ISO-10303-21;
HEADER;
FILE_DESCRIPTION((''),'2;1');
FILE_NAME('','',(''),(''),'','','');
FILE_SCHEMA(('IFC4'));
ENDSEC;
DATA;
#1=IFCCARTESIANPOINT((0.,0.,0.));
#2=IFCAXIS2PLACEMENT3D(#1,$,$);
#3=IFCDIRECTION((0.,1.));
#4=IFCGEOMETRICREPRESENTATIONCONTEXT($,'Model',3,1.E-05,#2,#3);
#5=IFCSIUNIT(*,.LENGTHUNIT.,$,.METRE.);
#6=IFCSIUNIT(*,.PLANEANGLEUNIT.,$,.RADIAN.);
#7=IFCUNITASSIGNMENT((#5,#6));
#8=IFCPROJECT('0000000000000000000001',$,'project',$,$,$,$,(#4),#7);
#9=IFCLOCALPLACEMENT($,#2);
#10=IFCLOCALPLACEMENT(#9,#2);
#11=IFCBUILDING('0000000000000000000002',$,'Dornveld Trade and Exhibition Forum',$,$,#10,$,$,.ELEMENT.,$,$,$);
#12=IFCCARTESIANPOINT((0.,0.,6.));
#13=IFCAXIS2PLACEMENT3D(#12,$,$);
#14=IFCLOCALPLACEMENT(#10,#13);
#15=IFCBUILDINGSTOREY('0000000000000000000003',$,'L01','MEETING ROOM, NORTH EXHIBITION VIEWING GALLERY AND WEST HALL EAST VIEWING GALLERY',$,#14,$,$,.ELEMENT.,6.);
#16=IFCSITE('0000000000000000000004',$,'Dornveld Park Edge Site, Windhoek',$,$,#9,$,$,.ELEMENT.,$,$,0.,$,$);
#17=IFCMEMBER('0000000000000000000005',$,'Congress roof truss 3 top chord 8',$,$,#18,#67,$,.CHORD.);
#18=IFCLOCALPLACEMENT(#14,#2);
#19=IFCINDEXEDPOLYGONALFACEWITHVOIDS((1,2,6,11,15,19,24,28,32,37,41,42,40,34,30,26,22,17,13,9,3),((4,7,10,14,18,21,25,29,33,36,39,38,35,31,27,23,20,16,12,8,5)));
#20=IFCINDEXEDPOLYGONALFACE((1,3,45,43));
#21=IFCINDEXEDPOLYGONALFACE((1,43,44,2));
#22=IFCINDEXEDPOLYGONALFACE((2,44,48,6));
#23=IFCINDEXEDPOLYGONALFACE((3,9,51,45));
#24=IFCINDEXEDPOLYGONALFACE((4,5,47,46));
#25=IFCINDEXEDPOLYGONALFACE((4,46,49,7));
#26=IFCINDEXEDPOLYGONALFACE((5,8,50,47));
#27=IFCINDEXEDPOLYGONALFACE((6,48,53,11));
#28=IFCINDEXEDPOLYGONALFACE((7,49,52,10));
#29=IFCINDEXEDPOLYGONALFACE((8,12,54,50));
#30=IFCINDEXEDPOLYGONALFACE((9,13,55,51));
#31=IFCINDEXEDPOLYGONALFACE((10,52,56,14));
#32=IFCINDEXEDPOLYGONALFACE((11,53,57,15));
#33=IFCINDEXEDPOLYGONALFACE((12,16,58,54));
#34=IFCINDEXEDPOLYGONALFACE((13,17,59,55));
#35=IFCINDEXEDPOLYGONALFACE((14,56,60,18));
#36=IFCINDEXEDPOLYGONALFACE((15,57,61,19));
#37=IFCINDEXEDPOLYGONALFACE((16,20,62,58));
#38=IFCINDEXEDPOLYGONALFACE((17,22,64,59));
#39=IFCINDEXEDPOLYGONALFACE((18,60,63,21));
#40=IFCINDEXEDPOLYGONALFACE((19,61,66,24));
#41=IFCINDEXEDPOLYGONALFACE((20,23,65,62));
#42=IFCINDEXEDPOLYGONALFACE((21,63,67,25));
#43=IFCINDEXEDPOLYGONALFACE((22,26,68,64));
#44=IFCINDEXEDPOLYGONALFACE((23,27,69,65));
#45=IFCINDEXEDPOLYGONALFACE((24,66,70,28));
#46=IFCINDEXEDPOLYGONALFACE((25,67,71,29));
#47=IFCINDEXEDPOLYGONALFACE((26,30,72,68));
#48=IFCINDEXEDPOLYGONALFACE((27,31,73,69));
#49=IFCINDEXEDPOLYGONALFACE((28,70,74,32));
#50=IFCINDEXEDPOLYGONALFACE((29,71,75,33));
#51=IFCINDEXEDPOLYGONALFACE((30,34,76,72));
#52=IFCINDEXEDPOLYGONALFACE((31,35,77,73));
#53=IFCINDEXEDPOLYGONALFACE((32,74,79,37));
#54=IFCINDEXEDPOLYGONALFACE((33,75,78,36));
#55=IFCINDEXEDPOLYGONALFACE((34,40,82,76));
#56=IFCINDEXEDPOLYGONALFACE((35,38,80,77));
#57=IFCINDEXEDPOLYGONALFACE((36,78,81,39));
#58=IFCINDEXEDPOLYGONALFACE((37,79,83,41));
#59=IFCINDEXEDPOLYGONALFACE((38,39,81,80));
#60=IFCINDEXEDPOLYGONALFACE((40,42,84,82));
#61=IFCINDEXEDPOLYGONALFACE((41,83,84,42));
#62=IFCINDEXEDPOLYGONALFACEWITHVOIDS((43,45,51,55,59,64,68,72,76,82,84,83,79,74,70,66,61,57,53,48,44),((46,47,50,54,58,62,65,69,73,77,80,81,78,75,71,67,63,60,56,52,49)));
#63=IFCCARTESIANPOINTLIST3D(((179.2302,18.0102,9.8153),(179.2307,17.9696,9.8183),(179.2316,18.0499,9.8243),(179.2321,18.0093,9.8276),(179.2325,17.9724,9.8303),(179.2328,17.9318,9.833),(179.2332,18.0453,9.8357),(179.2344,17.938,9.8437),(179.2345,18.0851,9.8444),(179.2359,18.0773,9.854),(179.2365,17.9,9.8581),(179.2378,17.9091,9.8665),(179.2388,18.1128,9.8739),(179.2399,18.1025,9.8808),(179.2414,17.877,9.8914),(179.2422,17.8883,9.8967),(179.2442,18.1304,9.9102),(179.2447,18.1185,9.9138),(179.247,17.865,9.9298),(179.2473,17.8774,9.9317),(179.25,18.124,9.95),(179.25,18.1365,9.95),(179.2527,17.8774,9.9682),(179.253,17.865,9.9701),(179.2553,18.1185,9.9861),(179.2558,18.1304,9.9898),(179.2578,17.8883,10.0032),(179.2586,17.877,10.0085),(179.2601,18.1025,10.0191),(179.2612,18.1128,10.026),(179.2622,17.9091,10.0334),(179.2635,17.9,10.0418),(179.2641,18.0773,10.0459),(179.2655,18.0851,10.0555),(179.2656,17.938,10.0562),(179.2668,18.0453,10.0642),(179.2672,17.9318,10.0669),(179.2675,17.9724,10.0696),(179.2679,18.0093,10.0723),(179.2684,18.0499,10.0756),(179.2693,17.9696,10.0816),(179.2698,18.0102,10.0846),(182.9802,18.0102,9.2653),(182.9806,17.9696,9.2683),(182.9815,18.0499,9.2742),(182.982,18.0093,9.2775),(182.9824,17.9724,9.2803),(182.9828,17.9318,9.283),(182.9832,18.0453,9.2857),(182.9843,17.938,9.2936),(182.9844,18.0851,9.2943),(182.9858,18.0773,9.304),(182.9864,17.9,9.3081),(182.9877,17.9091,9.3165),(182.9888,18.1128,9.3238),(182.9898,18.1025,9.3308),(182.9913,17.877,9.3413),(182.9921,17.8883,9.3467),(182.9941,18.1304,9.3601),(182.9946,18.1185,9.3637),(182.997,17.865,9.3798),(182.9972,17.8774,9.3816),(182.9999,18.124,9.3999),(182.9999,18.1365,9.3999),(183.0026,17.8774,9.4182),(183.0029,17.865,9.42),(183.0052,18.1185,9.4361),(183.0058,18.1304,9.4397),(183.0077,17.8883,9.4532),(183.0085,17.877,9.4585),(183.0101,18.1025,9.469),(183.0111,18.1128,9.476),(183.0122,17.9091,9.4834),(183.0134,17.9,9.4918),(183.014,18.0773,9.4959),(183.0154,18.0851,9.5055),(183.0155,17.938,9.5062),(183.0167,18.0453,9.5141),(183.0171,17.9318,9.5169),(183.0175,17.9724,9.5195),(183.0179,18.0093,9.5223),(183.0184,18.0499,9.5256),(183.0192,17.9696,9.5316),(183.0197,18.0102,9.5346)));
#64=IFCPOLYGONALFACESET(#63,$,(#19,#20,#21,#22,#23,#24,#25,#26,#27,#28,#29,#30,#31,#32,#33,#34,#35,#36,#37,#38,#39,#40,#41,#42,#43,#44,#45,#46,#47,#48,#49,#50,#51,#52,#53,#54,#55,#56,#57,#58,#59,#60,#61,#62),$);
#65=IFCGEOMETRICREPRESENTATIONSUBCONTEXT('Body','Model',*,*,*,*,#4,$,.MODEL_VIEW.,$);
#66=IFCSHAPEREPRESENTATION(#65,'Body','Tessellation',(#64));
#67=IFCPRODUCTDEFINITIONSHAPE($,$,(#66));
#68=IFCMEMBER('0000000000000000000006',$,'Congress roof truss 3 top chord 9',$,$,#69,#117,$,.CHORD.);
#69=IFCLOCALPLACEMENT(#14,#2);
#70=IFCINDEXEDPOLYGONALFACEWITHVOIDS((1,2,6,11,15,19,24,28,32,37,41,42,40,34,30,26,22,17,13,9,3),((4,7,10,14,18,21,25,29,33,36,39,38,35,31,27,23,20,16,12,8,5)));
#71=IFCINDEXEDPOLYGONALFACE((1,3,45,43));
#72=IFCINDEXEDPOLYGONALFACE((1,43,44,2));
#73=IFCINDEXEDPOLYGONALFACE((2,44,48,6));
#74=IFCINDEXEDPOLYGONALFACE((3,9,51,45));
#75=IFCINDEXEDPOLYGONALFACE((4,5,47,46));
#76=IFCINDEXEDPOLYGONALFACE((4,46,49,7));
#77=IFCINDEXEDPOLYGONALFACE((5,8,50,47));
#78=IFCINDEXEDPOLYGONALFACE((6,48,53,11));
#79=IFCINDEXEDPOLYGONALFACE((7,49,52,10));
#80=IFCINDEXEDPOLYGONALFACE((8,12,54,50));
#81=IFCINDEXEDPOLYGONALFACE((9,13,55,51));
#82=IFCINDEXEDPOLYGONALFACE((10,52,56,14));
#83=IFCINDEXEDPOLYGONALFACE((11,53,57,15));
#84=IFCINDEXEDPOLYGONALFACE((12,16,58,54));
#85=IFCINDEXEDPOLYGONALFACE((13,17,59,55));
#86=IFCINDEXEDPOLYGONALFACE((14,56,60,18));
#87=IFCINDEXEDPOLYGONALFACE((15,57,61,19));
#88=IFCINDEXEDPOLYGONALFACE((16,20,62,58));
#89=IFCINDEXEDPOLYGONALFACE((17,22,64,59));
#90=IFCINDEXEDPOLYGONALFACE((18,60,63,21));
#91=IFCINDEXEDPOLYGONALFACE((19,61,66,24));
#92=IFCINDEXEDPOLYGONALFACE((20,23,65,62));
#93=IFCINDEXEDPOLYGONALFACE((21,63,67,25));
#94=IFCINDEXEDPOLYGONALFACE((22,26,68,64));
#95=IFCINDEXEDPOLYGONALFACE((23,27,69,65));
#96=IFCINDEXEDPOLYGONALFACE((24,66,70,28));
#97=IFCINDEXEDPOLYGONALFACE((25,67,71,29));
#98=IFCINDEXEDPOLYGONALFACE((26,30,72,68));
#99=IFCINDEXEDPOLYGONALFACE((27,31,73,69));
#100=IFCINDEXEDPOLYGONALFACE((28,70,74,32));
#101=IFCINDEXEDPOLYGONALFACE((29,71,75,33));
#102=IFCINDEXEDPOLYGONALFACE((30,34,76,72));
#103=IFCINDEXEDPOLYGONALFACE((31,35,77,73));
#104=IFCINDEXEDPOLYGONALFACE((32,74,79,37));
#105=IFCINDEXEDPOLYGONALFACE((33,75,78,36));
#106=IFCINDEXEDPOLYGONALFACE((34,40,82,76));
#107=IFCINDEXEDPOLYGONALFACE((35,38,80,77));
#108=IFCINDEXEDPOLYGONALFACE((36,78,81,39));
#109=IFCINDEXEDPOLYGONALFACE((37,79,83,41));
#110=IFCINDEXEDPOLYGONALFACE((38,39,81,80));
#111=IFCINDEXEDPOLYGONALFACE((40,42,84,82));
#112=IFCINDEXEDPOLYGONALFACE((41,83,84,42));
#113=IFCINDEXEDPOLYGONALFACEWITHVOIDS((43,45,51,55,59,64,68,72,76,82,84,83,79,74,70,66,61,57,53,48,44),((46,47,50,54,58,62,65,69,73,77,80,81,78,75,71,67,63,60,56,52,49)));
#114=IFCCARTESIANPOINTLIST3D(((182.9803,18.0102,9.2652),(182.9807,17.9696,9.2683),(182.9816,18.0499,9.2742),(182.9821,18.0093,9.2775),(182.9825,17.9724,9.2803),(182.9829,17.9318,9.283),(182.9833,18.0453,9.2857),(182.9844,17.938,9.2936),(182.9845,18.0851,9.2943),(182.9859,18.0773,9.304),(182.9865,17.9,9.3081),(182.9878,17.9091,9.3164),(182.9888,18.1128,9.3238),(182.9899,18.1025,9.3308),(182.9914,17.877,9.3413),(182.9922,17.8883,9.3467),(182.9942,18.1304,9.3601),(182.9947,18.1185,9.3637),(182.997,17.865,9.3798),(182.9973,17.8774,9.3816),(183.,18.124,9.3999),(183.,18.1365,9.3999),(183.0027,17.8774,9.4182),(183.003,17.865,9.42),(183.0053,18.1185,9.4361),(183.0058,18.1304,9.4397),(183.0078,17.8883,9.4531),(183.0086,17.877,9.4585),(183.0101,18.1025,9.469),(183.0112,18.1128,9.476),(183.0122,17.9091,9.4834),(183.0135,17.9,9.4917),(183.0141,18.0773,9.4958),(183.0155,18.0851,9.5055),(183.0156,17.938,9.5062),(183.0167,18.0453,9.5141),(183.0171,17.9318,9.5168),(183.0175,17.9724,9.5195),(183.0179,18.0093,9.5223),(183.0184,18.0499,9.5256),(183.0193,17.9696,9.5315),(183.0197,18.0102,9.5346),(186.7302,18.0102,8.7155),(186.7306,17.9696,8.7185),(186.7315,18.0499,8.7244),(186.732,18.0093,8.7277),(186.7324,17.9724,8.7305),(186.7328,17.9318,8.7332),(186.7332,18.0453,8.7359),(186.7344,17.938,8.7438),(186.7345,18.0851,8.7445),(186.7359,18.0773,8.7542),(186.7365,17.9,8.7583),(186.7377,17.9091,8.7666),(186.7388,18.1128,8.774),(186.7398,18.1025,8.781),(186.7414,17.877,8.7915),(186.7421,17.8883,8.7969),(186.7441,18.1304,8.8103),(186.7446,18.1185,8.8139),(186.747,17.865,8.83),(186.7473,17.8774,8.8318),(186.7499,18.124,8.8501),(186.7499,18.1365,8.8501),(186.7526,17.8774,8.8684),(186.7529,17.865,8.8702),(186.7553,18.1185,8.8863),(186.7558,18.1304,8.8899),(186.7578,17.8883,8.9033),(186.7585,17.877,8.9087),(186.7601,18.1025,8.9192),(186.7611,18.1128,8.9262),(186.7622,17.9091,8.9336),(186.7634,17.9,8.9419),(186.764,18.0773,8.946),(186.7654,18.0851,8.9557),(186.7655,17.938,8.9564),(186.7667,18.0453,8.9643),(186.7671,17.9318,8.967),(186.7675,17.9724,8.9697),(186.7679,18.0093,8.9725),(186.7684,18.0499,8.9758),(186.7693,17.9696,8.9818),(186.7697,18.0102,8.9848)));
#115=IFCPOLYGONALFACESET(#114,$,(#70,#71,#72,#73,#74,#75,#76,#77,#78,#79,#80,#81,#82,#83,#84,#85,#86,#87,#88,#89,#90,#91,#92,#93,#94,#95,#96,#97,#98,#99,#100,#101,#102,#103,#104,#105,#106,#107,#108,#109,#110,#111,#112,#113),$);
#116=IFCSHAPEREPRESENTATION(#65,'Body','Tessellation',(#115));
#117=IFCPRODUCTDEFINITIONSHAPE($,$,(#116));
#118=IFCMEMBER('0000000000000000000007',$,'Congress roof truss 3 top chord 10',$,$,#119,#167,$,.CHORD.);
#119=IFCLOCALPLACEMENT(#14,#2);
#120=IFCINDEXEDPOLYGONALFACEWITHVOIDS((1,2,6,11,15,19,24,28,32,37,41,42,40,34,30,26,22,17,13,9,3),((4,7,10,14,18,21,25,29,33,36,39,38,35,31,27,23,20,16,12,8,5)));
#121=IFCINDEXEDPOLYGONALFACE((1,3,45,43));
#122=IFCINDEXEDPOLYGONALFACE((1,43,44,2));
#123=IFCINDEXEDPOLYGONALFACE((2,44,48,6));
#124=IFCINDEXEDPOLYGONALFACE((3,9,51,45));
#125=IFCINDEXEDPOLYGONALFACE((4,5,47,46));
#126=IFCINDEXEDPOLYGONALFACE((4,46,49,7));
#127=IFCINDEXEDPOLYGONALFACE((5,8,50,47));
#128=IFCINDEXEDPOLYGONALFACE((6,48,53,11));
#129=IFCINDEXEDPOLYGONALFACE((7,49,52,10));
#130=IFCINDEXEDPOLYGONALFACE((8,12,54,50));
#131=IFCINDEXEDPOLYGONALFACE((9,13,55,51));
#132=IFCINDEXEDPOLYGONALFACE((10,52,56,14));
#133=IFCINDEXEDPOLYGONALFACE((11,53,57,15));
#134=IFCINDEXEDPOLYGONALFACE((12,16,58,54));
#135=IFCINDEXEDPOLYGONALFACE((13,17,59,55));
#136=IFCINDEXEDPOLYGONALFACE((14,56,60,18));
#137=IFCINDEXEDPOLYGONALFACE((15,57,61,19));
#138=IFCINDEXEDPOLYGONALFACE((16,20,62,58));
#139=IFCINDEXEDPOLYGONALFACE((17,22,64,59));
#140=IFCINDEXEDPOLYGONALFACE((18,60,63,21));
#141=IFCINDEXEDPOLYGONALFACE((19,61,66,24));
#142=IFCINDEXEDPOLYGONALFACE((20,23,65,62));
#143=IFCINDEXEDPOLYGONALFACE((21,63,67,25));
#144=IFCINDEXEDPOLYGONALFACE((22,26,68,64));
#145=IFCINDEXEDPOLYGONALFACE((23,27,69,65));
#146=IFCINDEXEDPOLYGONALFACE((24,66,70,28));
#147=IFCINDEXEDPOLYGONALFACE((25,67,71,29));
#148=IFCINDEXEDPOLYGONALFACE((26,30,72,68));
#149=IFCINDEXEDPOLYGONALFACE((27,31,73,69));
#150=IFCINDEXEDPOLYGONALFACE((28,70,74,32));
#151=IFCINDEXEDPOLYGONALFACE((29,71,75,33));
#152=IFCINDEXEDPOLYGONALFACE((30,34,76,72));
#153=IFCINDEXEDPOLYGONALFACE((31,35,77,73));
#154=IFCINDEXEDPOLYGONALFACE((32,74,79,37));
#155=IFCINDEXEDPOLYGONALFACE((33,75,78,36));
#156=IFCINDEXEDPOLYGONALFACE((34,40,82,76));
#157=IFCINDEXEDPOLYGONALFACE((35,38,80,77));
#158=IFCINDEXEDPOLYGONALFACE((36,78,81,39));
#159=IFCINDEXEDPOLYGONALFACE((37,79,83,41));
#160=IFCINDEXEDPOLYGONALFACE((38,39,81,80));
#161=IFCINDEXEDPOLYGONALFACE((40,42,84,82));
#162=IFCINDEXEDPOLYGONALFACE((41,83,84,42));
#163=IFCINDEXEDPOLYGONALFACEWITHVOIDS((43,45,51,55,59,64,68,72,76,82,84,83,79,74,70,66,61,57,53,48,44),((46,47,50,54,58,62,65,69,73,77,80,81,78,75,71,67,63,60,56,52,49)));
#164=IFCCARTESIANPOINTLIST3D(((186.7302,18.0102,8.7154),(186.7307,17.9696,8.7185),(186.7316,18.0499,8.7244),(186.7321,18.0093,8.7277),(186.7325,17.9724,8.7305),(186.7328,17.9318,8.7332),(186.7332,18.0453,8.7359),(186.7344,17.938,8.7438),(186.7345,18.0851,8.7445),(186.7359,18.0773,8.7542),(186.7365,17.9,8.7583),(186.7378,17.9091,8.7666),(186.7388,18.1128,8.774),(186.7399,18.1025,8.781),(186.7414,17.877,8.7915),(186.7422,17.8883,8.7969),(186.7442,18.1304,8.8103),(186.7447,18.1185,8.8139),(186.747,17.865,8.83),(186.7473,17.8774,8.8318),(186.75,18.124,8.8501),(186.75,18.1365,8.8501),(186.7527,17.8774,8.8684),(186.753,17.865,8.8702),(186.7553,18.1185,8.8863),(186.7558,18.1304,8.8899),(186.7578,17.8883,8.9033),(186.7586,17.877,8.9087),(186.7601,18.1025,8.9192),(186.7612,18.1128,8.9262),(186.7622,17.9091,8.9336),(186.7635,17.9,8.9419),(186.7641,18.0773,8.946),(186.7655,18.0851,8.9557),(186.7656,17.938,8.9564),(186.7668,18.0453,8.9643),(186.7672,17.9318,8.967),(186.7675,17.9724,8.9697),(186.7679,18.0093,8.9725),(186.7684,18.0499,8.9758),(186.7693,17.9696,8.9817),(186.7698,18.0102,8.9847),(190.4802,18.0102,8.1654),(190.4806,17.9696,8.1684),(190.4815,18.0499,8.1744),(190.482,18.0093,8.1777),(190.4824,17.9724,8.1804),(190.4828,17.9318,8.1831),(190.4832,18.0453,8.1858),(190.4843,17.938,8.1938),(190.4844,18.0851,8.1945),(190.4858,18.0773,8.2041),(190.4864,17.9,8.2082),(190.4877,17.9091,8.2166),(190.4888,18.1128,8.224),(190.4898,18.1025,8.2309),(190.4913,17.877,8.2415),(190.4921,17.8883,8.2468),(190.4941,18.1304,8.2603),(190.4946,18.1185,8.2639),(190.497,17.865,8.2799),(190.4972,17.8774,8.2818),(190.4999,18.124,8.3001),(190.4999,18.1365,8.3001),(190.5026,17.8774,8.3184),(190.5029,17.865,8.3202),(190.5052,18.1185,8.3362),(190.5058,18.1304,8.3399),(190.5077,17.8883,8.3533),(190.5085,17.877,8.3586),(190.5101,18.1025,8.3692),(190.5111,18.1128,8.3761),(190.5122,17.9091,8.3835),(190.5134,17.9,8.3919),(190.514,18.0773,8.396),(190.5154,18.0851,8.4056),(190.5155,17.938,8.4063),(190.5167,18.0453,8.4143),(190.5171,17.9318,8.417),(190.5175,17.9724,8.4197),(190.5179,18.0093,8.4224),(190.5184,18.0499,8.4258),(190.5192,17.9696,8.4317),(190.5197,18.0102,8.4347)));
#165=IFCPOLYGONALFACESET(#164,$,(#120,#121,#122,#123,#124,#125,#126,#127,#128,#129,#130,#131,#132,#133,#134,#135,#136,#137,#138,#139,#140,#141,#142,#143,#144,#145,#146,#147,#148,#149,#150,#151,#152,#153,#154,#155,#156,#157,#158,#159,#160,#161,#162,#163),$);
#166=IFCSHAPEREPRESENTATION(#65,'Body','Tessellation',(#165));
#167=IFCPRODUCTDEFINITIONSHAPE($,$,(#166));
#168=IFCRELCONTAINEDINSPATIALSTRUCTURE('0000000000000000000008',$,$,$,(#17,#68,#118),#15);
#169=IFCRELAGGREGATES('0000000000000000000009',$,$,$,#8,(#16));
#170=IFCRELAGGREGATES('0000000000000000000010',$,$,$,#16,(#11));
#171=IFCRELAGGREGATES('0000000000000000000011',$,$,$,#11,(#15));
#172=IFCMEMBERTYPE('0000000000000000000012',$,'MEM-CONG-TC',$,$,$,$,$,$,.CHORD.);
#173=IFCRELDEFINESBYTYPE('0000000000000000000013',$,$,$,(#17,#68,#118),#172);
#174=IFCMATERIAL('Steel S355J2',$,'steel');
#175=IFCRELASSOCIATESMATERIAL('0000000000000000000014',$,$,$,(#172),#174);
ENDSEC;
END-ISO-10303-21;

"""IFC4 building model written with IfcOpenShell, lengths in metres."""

from ifc_helpers import new_model, si_unit, direction, frame, origin, origin_2d, place, context, subcontext, project, spatial, hollow_circle, extrude, material, material_profile, profile_set, type_object, element, save


model = new_model("IFC4")

# Units and contexts
model_context = context("Model", 3, precision=1e-05, world=origin(), true_north=direction((0.0, 1.0)))
body_context = subcontext(model_context, "Body", "Model", "MODEL_VIEW")
ifc_project = project(units=[si_unit("LENGTHUNIT", "METRE"), si_unit("PLANEANGLEUNIT", "RADIAN")], contexts=[model_context])

# Site, building, storey
site_placement = place(None, origin())
site = spatial("IfcSite", under=ifc_project, at=site_placement, Name="Dornveld Park Edge Site, Windhoek", CompositionType="ELEMENT", RefElevation=0.0)
building_placement = place(site_placement, origin())
building = spatial("IfcBuilding", under=site, at=building_placement, Name="Dornveld Trade and Exhibition Forum", CompositionType="ELEMENT")
storey_placement = place(building_placement, frame((0.0, 0.0, 6.0)))
storey = spatial("IfcBuildingStorey", under=building, at=storey_placement, Name="L01", Description="MEETING ROOM, NORTH EXHIBITION VIEWING GALLERY AND WEST HALL EAST VIEWING GALLERY", CompositionType="ELEMENT", Elevation=6.0)

# Members
ifc_material_1 = material(Name="Steel S355J2", Category="steel")
ifc_material_profile_1 = material_profile(ifc_material_1, hollow_circle(Radius=0.1365, WallThickness=0.0125, at=origin_2d()), Name="CHS 273x12.5")
ifc_profile_set_1 = profile_set([ifc_material_profile_1], Name="Steel S355J2")
member_type_1 = type_object("IfcMemberType", Name="MEM-CONG-TC", PredefinedType="CHORD", material=ifc_profile_set_1)
for number, where, z_axis, x_axis, name in (
    (1, (179.25, 18.0, 9.95), (0.989413, 0.0, -0.145127), (0.0, 1.0, 0.0), "Congress roof truss 3 top chord 8"),
    (2, (183.0, 18.0, 9.3999), (0.989422, 0.0, -0.145064), (0.0, 1.0, 0.0), "Congress roof truss 3 top chord 9"),
    (3, (186.75, 18.0, 8.8501), (0.989413, 0.0, -0.145127), (0.0, 1.0, 0.0), "Congress roof truss 3 top chord 10"),
):
    element("IfcMember", number, at=place(storey_placement, frame(where, z_axis=z_axis, x_axis=x_axis)), inside=storey, type_object=member_type_1, Name=name, PredefinedType="CHORD", context=body_context, shape_type="SweptSolid", body=[
        extrude(hollow_circle(Radius=0.1365, WallThickness=0.0125, at=origin_2d()), origin(), (0.0, 0.0, 1.0), 3.79),
    ])

save(model, "model.ifc")
